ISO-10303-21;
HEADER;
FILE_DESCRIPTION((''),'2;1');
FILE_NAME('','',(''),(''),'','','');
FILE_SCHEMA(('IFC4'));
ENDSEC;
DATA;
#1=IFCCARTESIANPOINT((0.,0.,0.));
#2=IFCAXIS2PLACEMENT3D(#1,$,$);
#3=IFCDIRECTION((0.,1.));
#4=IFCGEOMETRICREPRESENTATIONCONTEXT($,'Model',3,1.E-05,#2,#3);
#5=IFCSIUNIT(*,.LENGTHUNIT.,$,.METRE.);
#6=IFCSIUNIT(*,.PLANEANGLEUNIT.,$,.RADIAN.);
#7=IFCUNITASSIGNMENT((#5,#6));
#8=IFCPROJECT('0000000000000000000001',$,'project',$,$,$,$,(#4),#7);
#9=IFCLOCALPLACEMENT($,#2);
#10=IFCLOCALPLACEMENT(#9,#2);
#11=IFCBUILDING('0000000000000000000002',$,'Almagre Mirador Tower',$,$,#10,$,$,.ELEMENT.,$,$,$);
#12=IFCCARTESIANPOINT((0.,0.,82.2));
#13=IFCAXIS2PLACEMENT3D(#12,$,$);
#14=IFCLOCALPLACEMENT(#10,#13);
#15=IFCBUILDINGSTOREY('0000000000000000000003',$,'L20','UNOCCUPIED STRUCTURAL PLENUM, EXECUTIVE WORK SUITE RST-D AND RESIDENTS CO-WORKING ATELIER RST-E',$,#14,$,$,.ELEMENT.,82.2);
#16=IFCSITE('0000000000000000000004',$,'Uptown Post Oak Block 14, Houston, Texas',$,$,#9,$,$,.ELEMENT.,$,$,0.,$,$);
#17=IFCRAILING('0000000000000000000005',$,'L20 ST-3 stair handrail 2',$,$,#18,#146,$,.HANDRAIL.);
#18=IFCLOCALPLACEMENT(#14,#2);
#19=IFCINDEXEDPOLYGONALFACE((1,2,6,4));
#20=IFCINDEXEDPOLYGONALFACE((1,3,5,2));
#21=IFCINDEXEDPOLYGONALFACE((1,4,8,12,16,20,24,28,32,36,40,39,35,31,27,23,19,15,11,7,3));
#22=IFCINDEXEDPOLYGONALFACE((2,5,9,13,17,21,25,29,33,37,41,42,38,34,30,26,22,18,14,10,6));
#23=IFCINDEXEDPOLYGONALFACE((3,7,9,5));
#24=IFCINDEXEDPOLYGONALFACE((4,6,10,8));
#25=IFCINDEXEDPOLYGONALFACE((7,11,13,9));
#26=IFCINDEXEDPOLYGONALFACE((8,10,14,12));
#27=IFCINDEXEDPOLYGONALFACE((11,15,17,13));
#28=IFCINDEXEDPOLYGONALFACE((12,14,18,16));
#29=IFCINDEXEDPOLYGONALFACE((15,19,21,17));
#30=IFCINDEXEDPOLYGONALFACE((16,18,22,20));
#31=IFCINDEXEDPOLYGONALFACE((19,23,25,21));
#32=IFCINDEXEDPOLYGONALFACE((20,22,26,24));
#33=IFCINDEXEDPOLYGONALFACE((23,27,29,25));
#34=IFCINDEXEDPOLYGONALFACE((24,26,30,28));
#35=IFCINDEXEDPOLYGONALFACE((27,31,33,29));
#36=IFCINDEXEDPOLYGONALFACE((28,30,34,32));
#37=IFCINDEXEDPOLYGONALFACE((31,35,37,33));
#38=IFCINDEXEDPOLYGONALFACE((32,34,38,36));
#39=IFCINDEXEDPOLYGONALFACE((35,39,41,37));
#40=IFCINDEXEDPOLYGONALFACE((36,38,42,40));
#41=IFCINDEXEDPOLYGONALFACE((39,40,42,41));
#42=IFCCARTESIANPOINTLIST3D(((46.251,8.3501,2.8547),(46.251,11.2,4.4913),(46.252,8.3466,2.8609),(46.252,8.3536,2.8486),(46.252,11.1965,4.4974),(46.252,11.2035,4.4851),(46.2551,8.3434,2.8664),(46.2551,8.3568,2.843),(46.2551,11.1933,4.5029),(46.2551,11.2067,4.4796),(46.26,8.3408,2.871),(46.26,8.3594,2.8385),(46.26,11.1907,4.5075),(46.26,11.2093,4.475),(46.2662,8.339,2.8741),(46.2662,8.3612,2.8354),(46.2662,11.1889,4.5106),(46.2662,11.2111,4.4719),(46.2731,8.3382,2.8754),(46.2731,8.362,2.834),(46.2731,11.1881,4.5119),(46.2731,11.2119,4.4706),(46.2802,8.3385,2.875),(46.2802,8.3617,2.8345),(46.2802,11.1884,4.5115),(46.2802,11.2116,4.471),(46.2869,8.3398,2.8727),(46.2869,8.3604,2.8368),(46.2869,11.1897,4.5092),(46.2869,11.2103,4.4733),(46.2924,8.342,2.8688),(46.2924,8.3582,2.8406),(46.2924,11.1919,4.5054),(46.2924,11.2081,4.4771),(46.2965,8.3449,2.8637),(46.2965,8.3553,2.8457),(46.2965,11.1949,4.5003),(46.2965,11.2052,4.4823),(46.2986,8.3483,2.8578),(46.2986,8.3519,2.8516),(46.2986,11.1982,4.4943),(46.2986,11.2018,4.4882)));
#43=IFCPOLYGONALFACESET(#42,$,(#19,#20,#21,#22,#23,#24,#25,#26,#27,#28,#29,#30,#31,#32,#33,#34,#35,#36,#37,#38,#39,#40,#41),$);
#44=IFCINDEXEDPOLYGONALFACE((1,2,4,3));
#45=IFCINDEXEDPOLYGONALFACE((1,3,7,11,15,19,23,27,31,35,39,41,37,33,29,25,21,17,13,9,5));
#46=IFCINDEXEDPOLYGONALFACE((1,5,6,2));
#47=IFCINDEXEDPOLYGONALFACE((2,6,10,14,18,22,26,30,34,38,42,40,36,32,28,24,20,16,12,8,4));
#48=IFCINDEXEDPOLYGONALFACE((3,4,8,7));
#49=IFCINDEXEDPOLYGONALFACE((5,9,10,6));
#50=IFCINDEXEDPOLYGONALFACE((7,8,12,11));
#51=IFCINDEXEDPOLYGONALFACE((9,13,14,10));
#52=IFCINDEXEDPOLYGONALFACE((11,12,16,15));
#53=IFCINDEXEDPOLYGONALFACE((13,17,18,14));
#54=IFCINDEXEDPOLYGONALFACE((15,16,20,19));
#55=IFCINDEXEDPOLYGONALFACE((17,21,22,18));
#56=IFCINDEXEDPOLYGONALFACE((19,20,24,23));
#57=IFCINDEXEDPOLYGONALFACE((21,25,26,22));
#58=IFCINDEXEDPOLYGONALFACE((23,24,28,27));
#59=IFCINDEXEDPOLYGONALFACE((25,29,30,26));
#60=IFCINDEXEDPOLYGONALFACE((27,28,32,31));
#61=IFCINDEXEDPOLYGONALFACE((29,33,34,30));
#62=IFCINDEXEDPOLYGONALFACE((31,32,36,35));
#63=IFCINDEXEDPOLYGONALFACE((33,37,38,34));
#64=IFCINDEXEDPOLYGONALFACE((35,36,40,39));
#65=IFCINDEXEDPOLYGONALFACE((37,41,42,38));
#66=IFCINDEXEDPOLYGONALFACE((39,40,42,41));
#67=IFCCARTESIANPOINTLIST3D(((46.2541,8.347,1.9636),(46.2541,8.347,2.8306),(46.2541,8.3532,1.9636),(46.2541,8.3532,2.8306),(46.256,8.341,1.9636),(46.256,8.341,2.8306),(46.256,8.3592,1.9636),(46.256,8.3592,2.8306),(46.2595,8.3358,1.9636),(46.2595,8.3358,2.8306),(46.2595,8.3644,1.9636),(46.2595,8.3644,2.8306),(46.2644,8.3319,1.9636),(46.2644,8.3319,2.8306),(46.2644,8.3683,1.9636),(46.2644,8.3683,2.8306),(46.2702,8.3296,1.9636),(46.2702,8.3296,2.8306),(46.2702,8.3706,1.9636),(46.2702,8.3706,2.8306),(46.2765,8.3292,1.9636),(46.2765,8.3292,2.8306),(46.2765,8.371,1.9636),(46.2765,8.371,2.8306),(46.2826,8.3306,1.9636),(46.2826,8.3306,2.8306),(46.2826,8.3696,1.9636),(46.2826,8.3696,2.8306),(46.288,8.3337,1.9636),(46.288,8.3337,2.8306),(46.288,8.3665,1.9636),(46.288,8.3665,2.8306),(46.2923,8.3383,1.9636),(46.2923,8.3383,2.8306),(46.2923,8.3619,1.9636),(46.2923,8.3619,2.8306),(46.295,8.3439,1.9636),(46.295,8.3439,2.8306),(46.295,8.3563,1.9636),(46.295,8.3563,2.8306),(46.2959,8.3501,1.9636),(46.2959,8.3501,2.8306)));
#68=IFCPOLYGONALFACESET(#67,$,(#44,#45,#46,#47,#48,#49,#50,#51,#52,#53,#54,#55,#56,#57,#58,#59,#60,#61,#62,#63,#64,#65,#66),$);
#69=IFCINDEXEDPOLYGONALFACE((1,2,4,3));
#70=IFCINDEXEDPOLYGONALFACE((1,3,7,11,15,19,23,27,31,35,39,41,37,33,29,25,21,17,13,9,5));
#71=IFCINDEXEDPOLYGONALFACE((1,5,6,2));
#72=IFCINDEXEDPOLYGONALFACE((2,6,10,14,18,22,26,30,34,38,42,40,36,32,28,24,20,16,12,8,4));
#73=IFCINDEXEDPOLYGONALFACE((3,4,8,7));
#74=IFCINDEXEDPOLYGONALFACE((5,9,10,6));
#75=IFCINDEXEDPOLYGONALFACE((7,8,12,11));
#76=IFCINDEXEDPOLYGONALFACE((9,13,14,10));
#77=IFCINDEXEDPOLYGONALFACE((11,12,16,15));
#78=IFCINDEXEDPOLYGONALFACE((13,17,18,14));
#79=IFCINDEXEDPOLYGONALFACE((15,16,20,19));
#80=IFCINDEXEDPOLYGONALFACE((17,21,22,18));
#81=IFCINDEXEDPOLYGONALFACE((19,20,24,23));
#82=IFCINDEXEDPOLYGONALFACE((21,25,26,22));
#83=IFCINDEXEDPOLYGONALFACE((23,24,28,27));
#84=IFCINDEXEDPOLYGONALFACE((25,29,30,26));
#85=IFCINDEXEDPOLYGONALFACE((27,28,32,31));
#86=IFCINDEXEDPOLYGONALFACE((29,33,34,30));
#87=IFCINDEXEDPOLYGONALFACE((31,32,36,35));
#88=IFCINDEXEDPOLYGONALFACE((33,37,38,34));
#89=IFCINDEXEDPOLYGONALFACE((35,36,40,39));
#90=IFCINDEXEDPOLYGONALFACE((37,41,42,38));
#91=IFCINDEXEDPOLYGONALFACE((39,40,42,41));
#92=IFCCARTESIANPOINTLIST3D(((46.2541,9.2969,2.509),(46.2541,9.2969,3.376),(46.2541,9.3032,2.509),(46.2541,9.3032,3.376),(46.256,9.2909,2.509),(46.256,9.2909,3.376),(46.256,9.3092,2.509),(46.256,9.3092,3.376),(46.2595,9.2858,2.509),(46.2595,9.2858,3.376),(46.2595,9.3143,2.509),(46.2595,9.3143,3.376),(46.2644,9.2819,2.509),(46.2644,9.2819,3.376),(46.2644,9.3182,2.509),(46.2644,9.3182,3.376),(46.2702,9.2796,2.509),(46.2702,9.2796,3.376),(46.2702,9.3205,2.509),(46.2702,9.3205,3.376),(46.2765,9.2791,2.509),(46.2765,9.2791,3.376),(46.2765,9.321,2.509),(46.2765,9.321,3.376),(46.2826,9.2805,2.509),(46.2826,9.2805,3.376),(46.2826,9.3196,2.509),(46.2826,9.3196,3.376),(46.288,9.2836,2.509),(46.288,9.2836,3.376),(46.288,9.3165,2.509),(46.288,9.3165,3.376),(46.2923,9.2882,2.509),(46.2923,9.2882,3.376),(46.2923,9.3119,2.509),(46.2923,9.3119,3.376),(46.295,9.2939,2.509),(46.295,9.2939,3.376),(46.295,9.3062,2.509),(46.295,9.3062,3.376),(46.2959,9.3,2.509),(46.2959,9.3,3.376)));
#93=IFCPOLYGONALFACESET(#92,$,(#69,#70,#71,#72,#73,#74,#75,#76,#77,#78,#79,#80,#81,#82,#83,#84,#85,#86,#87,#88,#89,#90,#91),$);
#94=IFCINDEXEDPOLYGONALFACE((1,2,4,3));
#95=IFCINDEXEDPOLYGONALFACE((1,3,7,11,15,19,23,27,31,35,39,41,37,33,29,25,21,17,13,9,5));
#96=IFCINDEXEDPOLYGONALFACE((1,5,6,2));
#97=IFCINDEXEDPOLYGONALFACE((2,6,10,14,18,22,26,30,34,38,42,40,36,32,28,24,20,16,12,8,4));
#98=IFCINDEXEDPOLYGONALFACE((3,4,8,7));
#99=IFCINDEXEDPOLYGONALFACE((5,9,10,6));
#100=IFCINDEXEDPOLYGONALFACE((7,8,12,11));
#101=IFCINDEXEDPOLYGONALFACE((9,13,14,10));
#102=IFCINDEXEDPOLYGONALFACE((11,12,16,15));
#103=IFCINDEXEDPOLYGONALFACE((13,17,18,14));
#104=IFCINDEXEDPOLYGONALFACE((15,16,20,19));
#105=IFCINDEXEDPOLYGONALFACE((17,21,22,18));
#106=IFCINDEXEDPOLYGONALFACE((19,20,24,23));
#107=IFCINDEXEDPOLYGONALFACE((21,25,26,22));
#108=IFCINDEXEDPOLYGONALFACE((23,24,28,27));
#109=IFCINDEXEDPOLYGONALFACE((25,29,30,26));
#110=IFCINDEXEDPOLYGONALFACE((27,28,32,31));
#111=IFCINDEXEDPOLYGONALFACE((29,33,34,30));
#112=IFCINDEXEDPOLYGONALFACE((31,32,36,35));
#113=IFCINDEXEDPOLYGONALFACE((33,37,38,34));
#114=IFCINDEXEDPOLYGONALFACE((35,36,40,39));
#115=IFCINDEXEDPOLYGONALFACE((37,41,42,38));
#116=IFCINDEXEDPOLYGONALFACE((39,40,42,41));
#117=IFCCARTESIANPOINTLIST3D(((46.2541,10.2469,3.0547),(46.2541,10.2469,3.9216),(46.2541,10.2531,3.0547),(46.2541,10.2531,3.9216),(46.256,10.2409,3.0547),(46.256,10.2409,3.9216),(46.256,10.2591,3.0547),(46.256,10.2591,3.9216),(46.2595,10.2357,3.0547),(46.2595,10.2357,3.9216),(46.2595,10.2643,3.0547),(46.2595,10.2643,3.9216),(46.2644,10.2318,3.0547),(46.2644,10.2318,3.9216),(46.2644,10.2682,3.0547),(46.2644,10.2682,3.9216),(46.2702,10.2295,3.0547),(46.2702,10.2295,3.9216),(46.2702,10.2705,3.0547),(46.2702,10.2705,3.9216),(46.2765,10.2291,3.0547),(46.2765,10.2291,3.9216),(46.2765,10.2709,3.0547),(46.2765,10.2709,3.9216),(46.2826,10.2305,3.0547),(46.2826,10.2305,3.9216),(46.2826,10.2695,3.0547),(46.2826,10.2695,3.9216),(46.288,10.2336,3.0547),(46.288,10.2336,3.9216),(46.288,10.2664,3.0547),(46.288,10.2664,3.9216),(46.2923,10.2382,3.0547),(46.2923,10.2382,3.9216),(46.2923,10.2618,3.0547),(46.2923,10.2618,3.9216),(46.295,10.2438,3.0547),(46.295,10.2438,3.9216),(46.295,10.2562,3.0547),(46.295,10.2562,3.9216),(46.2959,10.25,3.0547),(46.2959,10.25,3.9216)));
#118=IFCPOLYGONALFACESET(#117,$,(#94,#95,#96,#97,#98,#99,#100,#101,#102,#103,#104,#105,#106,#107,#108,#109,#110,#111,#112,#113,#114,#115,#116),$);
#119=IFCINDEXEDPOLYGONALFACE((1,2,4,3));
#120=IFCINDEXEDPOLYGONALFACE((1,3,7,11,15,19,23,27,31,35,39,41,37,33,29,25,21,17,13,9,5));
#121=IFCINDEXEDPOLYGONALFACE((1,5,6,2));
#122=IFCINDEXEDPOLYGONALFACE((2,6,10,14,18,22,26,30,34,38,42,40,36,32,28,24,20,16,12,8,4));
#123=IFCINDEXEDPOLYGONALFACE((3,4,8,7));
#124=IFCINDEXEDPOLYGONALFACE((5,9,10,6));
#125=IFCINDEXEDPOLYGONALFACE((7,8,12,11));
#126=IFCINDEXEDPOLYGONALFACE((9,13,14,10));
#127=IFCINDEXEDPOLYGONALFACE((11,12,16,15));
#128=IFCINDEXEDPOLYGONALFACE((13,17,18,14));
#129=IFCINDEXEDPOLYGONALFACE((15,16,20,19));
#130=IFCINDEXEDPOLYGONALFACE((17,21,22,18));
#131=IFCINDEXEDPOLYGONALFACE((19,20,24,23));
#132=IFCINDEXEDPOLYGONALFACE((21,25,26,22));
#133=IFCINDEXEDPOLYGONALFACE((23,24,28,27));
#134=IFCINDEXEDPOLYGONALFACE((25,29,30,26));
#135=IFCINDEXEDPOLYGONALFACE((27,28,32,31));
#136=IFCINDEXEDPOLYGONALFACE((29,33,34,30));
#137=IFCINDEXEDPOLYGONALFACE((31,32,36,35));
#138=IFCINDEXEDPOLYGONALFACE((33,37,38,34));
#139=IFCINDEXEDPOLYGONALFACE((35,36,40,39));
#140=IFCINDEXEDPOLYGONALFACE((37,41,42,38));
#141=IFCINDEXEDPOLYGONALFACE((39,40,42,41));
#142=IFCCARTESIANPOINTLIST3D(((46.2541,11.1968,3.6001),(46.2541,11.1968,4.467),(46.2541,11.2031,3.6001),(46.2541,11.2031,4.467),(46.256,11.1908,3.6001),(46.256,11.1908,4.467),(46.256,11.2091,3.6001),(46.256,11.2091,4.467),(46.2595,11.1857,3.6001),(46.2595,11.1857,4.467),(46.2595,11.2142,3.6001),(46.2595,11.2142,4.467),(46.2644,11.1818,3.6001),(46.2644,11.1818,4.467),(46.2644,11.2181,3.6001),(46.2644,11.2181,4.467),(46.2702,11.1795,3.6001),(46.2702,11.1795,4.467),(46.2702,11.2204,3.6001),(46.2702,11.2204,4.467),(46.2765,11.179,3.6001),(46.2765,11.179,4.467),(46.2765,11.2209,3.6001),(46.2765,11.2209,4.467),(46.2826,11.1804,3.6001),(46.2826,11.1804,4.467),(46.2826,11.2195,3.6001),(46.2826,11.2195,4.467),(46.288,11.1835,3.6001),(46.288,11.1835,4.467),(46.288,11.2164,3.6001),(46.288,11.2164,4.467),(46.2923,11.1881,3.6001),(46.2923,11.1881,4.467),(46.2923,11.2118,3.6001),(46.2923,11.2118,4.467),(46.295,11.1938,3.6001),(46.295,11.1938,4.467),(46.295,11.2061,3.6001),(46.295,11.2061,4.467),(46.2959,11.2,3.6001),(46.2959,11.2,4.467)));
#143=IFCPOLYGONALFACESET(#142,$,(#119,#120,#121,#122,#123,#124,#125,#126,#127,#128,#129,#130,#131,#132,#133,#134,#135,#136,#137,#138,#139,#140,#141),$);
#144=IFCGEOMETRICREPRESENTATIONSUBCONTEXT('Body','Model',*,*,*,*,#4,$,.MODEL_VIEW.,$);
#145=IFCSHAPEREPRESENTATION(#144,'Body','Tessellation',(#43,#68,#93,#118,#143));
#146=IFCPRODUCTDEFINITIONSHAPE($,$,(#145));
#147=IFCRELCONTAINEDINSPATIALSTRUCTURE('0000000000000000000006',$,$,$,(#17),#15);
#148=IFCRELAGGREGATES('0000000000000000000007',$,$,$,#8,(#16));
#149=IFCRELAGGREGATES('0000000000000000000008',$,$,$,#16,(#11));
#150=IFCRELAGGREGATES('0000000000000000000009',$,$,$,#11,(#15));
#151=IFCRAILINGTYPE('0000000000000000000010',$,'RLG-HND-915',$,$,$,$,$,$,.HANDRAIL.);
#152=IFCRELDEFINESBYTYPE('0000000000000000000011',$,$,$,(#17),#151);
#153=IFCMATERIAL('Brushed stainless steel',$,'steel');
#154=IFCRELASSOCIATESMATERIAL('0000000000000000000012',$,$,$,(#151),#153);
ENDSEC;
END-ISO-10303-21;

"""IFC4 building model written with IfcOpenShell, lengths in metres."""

from ifc_helpers import new_model, si_unit, direction, frame, origin, origin_2d, place, context, subcontext, project, spatial, circle, extrude, material, type_object, element, save


model = new_model("IFC4")

# Units and contexts
model_context = context("Model", 3, precision=1e-05, world=origin(), true_north=direction((0.0, 1.0)))
body_context = subcontext(model_context, "Body", "Model", "MODEL_VIEW")
ifc_project = project(units=[si_unit("LENGTHUNIT", "METRE"), si_unit("PLANEANGLEUNIT", "RADIAN")], contexts=[model_context])

# Site, building, storey
site_placement = place(None, origin())
site = spatial("IfcSite", under=ifc_project, at=site_placement, Name="Uptown Post Oak Block 14, Houston, Texas", CompositionType="ELEMENT", RefElevation=0.0)
building_placement = place(site_placement, origin())
building = spatial("IfcBuilding", under=site, at=building_placement, Name="Almagre Mirador Tower", CompositionType="ELEMENT")
storey_placement = place(building_placement, frame((0.0, 0.0, 82.2)))
storey = spatial("IfcBuildingStorey", under=building, at=storey_placement, Name="L20", Description="UNOCCUPIED STRUCTURAL PLENUM, EXECUTIVE WORK SUITE RST-D AND RESIDENTS CO-WORKING ATELIER RST-E", CompositionType="ELEMENT", Elevation=82.2)

# Railing
ifc_material_1 = material(Name="Brushed stainless steel", Category="steel")
railing_type_1 = type_object("IfcRailingType", Name="RLG-HND-915", PredefinedType="HANDRAIL", material=ifc_material_1)
railing_1_placement = place(storey_placement, frame((46.2749, 8.3501, 1.9636)))
element("IfcRailing", 1, at=railing_1_placement, inside=storey, type_object=railing_type_1, Name="L20 ST-3 stair handrail 2", PredefinedType="HANDRAIL", context=body_context, shape_type="SweptSolid", body=[
    extrude(circle(Radius=0.0239, at=origin_2d()), frame((0.0, 0.0, 0.8911), z_axis=(0.0, 0.867194, 0.49797), x_axis=(-1.0, 0.0, 0.0)), (0.0, 0.0, 1.0), 3.2864),
    extrude(circle(Radius=0.021, at=origin_2d()), origin(), (0.0, 0.0, 1.0), 0.8669),
    extrude(circle(Radius=0.021, at=origin_2d()), frame((0.0, 0.95, 0.5454)), (0.0, 0.0, 1.0), 0.8669),
    extrude(circle(Radius=0.021, at=origin_2d()), frame((0.0, 1.8999, 1.0911)), (0.0, 0.0, 1.0), 0.8669),
    extrude(circle(Radius=0.021, at=origin_2d()), frame((0.0, 2.8499, 1.6365)), (0.0, 0.0, 1.0), 0.8669),
])

save(model, "model.ifc")
